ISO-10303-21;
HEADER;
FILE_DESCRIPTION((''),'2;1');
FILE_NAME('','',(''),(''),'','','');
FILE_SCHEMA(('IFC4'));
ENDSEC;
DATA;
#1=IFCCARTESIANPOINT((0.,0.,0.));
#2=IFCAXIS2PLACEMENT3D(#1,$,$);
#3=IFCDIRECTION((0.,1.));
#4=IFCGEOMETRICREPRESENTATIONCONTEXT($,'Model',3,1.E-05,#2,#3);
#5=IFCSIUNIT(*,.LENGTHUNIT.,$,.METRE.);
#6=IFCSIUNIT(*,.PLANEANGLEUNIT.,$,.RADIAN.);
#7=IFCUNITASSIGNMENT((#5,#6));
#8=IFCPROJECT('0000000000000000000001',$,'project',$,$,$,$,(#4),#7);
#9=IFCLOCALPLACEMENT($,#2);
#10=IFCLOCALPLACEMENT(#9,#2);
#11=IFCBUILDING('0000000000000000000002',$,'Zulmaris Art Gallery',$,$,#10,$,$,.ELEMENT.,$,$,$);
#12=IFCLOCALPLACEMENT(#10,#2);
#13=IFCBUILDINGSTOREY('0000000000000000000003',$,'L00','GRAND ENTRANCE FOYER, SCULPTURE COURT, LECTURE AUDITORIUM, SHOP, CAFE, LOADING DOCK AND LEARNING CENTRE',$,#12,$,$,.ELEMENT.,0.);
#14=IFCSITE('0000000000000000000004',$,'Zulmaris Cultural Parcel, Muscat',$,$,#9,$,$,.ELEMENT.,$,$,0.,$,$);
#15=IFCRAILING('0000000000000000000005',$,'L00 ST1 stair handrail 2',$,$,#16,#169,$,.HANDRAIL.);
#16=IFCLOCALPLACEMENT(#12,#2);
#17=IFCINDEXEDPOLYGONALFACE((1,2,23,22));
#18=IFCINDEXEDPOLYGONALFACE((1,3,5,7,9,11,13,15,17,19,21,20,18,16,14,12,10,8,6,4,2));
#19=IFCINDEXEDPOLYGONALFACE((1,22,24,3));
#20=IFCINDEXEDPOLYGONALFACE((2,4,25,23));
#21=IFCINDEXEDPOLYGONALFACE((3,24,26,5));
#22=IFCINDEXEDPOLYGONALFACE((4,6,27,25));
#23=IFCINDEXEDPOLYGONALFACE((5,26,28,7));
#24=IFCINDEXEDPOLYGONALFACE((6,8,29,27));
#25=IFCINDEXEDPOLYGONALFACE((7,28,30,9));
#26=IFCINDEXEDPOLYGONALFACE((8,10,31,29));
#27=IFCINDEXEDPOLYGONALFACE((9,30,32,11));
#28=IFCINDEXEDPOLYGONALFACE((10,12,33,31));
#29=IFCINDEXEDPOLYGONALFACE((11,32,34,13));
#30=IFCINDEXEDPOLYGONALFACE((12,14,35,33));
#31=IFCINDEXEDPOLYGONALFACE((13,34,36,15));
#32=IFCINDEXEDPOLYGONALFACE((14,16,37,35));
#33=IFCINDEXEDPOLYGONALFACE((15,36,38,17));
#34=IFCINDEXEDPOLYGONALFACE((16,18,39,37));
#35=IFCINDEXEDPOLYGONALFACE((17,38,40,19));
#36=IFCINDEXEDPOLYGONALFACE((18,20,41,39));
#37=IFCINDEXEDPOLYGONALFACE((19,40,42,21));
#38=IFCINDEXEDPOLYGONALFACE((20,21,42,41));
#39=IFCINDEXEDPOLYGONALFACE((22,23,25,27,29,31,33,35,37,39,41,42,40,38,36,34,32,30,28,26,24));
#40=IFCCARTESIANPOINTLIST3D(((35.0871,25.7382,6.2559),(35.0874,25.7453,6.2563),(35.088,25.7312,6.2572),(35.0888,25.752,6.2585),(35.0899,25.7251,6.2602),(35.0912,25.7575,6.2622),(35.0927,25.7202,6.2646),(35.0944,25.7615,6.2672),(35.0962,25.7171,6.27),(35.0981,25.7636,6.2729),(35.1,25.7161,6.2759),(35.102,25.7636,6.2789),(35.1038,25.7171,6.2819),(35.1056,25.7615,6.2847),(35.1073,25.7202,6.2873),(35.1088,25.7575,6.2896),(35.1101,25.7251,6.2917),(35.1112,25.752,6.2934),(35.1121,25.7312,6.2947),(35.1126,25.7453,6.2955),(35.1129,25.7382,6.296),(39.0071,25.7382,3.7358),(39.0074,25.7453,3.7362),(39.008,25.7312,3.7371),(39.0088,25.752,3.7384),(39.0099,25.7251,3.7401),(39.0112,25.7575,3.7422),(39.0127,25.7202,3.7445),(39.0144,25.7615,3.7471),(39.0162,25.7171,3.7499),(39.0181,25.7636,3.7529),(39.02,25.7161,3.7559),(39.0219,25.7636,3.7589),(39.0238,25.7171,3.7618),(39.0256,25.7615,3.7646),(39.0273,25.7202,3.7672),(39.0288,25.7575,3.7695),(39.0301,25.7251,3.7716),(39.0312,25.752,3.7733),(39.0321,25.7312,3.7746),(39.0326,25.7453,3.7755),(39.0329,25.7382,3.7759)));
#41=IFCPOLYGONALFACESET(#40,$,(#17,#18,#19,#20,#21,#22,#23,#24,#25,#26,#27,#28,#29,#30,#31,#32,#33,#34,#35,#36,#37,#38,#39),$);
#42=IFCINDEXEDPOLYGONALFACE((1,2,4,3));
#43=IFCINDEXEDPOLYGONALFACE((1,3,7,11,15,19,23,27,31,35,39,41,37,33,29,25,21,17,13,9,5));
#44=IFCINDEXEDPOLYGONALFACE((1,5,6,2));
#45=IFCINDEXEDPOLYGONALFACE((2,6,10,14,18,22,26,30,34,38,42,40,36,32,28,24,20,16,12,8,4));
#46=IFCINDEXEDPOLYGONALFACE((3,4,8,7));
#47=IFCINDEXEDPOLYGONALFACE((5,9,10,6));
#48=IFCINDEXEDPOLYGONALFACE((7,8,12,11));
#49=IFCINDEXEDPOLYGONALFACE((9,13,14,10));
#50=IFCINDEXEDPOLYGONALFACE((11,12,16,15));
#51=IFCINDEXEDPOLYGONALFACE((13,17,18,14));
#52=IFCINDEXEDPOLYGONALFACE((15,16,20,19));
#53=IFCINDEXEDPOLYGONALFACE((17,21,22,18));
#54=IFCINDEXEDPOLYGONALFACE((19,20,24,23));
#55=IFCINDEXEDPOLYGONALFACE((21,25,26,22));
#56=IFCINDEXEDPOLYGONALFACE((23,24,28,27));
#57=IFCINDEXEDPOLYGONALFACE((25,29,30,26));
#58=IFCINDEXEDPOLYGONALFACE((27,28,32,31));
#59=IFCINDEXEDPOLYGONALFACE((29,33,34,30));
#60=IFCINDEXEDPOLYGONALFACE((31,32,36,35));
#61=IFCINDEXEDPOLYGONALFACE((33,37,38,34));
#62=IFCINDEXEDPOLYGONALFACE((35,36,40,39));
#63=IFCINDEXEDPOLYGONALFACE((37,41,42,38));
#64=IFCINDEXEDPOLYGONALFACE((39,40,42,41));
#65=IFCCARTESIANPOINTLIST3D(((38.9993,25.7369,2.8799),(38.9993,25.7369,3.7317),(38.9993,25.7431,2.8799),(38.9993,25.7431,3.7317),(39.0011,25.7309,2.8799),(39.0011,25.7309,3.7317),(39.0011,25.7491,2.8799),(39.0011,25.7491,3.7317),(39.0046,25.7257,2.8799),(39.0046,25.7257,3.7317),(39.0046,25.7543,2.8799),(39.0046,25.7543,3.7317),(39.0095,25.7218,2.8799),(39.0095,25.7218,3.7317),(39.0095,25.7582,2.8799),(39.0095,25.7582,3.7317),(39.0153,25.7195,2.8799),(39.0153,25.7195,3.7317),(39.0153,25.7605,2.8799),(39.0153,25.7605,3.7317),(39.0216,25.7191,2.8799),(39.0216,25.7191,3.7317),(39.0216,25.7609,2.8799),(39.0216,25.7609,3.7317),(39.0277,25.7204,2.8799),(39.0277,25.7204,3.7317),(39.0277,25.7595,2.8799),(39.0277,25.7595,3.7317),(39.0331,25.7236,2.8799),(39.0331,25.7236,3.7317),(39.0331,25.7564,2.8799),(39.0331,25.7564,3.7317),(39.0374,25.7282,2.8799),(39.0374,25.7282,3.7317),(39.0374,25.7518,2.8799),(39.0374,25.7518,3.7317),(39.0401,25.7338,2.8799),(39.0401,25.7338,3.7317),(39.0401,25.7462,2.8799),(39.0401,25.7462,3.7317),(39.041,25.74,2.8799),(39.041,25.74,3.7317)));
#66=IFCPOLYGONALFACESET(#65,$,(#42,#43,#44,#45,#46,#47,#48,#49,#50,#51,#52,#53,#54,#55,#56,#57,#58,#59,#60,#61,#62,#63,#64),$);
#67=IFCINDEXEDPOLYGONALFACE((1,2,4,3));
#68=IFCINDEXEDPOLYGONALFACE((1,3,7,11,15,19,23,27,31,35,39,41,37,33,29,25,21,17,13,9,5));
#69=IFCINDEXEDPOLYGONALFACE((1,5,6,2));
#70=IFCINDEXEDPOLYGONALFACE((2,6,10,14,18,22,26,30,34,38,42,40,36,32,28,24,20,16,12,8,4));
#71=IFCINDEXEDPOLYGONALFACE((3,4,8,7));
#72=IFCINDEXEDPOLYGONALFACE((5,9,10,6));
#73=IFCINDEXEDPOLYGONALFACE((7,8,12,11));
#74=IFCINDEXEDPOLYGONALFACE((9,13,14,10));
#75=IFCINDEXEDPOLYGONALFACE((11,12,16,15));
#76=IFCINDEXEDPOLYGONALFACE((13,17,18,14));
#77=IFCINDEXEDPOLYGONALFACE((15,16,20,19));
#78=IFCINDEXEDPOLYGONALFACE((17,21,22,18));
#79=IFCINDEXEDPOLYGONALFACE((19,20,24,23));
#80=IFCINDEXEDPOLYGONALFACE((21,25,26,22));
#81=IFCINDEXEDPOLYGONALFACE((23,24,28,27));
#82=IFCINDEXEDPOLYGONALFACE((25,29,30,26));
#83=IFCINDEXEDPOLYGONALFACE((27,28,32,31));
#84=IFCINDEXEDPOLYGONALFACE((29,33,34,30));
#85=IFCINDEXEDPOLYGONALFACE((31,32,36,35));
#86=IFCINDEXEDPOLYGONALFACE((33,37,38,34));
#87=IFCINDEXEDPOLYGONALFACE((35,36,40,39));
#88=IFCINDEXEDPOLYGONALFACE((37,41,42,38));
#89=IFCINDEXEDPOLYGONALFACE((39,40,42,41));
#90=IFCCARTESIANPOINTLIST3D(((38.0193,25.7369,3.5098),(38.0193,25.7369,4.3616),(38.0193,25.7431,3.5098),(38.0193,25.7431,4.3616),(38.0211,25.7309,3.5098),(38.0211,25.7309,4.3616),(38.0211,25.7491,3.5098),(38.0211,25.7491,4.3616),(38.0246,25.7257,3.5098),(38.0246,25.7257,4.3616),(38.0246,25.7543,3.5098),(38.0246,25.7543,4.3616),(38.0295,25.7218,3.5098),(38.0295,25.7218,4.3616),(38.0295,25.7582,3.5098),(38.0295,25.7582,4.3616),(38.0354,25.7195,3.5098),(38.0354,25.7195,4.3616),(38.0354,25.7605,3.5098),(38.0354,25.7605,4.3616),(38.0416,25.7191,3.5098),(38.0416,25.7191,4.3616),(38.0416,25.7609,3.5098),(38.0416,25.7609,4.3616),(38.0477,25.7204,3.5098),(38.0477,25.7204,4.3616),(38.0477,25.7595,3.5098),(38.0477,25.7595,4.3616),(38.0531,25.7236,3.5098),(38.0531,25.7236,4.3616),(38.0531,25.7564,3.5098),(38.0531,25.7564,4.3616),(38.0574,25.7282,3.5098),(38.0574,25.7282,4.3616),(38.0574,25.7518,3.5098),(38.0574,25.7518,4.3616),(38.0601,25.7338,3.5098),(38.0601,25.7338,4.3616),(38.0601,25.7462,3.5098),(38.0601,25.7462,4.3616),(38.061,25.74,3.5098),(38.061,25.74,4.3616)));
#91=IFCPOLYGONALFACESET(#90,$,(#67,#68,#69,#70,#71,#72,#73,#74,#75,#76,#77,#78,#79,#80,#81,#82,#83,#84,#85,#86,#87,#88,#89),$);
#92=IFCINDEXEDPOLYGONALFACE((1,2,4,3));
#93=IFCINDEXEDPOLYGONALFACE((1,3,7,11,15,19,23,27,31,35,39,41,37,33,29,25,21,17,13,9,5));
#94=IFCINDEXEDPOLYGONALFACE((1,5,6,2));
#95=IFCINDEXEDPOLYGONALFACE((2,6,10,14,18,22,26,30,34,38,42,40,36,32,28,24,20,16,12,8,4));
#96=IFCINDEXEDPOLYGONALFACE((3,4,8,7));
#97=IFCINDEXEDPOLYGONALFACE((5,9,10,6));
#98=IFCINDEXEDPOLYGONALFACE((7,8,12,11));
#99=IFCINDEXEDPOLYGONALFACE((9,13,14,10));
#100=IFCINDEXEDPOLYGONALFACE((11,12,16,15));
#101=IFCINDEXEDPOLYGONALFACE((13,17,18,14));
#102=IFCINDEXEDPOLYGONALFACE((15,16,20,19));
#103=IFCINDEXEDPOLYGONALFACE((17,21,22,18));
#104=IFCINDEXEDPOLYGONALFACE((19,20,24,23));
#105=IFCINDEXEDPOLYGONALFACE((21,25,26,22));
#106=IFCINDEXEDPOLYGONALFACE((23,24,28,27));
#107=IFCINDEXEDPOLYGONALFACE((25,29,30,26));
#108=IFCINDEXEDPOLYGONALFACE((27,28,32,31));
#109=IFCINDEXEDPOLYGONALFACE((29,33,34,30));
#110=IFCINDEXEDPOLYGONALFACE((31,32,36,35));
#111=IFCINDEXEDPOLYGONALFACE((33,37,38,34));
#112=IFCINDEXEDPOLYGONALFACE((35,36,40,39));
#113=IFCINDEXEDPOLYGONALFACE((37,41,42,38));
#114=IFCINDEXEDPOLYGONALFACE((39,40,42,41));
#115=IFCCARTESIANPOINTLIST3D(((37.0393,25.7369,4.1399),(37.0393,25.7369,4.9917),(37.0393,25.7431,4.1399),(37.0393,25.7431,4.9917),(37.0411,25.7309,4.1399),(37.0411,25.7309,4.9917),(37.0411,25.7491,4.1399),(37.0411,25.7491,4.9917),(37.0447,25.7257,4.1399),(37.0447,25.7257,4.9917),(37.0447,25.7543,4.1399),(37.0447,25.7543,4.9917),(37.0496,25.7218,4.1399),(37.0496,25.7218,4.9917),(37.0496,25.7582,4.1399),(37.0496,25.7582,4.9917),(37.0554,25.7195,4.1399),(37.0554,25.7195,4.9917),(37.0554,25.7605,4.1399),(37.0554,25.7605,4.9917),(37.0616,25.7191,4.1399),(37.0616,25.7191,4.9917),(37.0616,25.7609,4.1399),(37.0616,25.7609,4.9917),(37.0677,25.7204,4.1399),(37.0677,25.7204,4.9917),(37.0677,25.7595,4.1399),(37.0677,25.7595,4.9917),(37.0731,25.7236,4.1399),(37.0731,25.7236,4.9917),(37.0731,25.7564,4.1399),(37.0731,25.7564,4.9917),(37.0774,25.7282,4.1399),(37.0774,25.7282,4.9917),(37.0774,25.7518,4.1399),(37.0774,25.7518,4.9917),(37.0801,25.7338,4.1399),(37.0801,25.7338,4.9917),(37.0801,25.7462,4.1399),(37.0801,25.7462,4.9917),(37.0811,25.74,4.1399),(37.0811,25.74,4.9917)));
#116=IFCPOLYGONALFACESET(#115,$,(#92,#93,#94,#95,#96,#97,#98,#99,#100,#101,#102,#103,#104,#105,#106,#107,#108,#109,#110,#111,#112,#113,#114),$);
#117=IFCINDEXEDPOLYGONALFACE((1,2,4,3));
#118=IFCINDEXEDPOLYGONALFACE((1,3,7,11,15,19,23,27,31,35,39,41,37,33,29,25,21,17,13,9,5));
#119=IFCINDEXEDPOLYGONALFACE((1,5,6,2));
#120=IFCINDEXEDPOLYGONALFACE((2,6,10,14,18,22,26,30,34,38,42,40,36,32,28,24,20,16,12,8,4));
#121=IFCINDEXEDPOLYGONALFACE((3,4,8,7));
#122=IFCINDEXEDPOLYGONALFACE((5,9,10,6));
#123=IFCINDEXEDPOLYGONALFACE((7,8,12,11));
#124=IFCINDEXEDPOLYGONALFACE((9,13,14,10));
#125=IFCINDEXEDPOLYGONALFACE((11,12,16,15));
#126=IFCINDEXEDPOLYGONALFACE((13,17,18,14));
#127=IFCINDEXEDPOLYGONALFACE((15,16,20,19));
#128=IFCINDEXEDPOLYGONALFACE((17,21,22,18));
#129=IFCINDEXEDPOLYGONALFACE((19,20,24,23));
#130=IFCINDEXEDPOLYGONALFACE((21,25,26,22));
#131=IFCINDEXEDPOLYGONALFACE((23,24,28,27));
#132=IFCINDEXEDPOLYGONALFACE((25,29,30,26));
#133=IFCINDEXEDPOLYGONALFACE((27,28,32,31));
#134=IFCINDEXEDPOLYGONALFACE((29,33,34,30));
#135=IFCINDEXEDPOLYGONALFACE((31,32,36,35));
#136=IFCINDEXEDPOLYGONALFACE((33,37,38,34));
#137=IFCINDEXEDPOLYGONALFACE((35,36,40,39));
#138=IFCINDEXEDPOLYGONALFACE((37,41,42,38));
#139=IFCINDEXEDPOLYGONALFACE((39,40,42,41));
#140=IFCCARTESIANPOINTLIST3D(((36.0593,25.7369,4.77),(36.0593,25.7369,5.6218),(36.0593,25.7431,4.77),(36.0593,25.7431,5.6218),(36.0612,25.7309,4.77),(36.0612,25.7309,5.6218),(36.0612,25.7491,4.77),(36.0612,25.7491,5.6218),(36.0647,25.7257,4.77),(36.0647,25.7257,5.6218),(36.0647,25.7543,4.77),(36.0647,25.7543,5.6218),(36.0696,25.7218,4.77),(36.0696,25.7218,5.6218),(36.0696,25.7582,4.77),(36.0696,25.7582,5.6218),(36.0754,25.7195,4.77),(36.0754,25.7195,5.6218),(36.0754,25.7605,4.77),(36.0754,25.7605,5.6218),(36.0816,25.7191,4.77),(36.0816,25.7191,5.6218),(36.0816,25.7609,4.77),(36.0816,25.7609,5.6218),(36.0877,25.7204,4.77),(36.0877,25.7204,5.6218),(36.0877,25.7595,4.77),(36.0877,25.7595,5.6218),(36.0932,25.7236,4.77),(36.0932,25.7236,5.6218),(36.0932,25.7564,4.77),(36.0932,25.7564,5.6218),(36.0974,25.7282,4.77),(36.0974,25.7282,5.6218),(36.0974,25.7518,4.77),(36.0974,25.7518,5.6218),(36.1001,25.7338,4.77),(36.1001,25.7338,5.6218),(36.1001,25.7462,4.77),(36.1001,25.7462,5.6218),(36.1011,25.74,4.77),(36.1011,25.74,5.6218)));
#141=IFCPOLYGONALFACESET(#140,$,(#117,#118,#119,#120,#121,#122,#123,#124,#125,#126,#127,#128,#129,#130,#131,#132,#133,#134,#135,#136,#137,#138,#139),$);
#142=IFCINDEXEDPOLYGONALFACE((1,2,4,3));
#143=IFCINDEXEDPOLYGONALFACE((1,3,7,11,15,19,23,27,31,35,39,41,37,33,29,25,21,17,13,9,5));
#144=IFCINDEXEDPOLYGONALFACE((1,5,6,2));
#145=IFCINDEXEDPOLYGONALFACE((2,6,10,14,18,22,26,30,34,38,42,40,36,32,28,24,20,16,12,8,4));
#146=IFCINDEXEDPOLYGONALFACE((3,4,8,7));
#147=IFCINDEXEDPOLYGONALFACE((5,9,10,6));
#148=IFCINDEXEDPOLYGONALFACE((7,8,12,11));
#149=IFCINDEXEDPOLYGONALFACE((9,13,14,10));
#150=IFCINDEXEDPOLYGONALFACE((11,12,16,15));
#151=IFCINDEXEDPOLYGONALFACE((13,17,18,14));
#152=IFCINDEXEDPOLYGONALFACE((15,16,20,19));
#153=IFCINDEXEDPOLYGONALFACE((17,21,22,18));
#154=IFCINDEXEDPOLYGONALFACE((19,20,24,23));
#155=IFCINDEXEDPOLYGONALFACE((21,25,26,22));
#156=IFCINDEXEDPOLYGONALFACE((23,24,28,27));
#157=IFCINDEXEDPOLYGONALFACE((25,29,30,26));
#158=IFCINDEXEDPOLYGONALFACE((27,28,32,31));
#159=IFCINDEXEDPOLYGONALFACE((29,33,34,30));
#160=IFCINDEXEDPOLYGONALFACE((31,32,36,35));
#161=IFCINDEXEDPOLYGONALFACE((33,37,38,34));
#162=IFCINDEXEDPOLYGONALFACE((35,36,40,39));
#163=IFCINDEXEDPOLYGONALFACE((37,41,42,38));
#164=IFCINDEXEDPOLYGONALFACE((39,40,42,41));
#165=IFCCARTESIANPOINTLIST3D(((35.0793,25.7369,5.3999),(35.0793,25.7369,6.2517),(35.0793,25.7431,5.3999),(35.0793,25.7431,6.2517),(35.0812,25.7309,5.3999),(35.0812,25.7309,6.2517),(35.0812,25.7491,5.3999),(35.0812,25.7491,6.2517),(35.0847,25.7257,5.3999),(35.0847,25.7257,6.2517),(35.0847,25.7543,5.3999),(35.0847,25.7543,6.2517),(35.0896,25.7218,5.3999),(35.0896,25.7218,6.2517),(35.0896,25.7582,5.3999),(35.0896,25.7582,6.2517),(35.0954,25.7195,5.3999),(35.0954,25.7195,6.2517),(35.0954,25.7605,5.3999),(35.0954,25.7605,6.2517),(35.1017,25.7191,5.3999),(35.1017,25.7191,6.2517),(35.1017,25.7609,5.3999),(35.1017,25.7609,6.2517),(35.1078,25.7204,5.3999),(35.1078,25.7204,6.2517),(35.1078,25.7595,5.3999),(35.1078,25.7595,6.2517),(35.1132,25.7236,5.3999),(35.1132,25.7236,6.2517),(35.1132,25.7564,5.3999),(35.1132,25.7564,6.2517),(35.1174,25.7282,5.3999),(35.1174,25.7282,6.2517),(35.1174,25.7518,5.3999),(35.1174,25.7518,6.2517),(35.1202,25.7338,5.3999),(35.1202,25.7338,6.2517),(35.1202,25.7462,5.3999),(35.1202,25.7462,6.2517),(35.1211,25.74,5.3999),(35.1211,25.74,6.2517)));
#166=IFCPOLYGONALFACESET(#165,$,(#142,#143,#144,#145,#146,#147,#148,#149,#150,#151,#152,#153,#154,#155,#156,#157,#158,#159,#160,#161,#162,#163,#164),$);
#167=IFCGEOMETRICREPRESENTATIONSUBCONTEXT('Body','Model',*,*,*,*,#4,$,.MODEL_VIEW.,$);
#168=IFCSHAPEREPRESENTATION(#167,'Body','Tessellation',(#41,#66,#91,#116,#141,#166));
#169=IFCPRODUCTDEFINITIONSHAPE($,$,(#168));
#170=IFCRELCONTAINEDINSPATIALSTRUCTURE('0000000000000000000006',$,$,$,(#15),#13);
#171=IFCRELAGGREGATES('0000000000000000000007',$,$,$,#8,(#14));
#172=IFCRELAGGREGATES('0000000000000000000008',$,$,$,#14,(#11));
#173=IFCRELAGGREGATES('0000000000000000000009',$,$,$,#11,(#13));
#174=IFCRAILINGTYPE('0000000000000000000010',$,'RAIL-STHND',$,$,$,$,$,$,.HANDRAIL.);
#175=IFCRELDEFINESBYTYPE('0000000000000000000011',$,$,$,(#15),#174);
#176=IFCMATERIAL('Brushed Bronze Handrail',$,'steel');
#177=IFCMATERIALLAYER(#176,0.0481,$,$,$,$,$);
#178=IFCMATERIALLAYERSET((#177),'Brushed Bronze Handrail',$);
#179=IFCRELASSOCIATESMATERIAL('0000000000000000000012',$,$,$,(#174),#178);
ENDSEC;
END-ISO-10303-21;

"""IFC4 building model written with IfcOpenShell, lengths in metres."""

from ifc_helpers import new_model, si_unit, direction, frame, origin, origin_2d, place, context, subcontext, project, spatial, circle, extrude, material, layer, layer_set, type_object, element, save


model = new_model("IFC4")

# Units and contexts
model_context = context("Model", 3, precision=1e-05, world=origin(), true_north=direction((0.0, 1.0)))
body_context = subcontext(model_context, "Body", "Model", "MODEL_VIEW")
ifc_project = project(units=[si_unit("LENGTHUNIT", "METRE"), si_unit("PLANEANGLEUNIT", "RADIAN")], contexts=[model_context])

# Site, building, storey
site_placement = place(None, origin())
site = spatial("IfcSite", under=ifc_project, at=site_placement, Name="Zulmaris Cultural Parcel, Muscat", CompositionType="ELEMENT", RefElevation=0.0)
building_placement = place(site_placement, origin())
building = spatial("IfcBuilding", under=site, at=building_placement, Name="Zulmaris Art Gallery", CompositionType="ELEMENT")
storey_placement = place(building_placement, origin())
storey = spatial("IfcBuildingStorey", under=building, at=storey_placement, Name="L00", Description="GRAND ENTRANCE FOYER, SCULPTURE COURT, LECTURE AUDITORIUM, SHOP, CAFE, LOADING DOCK AND LEARNING CENTRE", CompositionType="ELEMENT", Elevation=0.0)

# Railing
ifc_material_1 = material(Name="Brushed Bronze Handrail", Category="steel")
ifc_layer_1 = layer(ifc_material_1, 0.0481)
ifc_layer_set_1 = layer_set([ifc_layer_1], Name="Brushed Bronze Handrail")
railing_type_1 = type_object("IfcRailingType", Name="RAIL-STHND", PredefinedType="HANDRAIL", material=ifc_layer_set_1)
railing_1_placement = place(storey_placement, frame((39.02, 25.74, 2.8799)))
element("IfcRailing", 1, at=railing_1_placement, inside=storey, type_object=railing_type_1, Name="L00 ST1 stair handrail 2", PredefinedType="HANDRAIL", context=body_context, shape_type="SweptSolid", body=[
    extrude(circle(Radius=0.0239, at=origin_2d()), frame((0.0, 0.0, 0.876), z_axis=(-0.841172, 0.0, 0.540768), x_axis=(0.0, -1.0, 0.0)), (0.0, 0.0, 1.0), 4.6602),
    extrude(circle(Radius=0.021, at=origin_2d()), origin(), (0.0, 0.0, 1.0), 0.8518),
    extrude(circle(Radius=0.021, at=origin_2d()), frame((-0.98, 0.0, 0.6299)), (0.0, 0.0, 1.0), 0.8518),
    extrude(circle(Radius=0.021, at=origin_2d()), frame((-1.96, 0.0, 1.26)), (0.0, 0.0, 1.0), 0.8518),
    extrude(circle(Radius=0.021, at=origin_2d()), frame((-2.9399, 0.0, 1.8901)), (0.0, 0.0, 1.0), 0.8518),
    extrude(circle(Radius=0.021, at=origin_2d()), frame((-3.9199, 0.0, 2.52)), (0.0, 0.0, 1.0), 0.8518),
])

save(model, "model.ifc")
